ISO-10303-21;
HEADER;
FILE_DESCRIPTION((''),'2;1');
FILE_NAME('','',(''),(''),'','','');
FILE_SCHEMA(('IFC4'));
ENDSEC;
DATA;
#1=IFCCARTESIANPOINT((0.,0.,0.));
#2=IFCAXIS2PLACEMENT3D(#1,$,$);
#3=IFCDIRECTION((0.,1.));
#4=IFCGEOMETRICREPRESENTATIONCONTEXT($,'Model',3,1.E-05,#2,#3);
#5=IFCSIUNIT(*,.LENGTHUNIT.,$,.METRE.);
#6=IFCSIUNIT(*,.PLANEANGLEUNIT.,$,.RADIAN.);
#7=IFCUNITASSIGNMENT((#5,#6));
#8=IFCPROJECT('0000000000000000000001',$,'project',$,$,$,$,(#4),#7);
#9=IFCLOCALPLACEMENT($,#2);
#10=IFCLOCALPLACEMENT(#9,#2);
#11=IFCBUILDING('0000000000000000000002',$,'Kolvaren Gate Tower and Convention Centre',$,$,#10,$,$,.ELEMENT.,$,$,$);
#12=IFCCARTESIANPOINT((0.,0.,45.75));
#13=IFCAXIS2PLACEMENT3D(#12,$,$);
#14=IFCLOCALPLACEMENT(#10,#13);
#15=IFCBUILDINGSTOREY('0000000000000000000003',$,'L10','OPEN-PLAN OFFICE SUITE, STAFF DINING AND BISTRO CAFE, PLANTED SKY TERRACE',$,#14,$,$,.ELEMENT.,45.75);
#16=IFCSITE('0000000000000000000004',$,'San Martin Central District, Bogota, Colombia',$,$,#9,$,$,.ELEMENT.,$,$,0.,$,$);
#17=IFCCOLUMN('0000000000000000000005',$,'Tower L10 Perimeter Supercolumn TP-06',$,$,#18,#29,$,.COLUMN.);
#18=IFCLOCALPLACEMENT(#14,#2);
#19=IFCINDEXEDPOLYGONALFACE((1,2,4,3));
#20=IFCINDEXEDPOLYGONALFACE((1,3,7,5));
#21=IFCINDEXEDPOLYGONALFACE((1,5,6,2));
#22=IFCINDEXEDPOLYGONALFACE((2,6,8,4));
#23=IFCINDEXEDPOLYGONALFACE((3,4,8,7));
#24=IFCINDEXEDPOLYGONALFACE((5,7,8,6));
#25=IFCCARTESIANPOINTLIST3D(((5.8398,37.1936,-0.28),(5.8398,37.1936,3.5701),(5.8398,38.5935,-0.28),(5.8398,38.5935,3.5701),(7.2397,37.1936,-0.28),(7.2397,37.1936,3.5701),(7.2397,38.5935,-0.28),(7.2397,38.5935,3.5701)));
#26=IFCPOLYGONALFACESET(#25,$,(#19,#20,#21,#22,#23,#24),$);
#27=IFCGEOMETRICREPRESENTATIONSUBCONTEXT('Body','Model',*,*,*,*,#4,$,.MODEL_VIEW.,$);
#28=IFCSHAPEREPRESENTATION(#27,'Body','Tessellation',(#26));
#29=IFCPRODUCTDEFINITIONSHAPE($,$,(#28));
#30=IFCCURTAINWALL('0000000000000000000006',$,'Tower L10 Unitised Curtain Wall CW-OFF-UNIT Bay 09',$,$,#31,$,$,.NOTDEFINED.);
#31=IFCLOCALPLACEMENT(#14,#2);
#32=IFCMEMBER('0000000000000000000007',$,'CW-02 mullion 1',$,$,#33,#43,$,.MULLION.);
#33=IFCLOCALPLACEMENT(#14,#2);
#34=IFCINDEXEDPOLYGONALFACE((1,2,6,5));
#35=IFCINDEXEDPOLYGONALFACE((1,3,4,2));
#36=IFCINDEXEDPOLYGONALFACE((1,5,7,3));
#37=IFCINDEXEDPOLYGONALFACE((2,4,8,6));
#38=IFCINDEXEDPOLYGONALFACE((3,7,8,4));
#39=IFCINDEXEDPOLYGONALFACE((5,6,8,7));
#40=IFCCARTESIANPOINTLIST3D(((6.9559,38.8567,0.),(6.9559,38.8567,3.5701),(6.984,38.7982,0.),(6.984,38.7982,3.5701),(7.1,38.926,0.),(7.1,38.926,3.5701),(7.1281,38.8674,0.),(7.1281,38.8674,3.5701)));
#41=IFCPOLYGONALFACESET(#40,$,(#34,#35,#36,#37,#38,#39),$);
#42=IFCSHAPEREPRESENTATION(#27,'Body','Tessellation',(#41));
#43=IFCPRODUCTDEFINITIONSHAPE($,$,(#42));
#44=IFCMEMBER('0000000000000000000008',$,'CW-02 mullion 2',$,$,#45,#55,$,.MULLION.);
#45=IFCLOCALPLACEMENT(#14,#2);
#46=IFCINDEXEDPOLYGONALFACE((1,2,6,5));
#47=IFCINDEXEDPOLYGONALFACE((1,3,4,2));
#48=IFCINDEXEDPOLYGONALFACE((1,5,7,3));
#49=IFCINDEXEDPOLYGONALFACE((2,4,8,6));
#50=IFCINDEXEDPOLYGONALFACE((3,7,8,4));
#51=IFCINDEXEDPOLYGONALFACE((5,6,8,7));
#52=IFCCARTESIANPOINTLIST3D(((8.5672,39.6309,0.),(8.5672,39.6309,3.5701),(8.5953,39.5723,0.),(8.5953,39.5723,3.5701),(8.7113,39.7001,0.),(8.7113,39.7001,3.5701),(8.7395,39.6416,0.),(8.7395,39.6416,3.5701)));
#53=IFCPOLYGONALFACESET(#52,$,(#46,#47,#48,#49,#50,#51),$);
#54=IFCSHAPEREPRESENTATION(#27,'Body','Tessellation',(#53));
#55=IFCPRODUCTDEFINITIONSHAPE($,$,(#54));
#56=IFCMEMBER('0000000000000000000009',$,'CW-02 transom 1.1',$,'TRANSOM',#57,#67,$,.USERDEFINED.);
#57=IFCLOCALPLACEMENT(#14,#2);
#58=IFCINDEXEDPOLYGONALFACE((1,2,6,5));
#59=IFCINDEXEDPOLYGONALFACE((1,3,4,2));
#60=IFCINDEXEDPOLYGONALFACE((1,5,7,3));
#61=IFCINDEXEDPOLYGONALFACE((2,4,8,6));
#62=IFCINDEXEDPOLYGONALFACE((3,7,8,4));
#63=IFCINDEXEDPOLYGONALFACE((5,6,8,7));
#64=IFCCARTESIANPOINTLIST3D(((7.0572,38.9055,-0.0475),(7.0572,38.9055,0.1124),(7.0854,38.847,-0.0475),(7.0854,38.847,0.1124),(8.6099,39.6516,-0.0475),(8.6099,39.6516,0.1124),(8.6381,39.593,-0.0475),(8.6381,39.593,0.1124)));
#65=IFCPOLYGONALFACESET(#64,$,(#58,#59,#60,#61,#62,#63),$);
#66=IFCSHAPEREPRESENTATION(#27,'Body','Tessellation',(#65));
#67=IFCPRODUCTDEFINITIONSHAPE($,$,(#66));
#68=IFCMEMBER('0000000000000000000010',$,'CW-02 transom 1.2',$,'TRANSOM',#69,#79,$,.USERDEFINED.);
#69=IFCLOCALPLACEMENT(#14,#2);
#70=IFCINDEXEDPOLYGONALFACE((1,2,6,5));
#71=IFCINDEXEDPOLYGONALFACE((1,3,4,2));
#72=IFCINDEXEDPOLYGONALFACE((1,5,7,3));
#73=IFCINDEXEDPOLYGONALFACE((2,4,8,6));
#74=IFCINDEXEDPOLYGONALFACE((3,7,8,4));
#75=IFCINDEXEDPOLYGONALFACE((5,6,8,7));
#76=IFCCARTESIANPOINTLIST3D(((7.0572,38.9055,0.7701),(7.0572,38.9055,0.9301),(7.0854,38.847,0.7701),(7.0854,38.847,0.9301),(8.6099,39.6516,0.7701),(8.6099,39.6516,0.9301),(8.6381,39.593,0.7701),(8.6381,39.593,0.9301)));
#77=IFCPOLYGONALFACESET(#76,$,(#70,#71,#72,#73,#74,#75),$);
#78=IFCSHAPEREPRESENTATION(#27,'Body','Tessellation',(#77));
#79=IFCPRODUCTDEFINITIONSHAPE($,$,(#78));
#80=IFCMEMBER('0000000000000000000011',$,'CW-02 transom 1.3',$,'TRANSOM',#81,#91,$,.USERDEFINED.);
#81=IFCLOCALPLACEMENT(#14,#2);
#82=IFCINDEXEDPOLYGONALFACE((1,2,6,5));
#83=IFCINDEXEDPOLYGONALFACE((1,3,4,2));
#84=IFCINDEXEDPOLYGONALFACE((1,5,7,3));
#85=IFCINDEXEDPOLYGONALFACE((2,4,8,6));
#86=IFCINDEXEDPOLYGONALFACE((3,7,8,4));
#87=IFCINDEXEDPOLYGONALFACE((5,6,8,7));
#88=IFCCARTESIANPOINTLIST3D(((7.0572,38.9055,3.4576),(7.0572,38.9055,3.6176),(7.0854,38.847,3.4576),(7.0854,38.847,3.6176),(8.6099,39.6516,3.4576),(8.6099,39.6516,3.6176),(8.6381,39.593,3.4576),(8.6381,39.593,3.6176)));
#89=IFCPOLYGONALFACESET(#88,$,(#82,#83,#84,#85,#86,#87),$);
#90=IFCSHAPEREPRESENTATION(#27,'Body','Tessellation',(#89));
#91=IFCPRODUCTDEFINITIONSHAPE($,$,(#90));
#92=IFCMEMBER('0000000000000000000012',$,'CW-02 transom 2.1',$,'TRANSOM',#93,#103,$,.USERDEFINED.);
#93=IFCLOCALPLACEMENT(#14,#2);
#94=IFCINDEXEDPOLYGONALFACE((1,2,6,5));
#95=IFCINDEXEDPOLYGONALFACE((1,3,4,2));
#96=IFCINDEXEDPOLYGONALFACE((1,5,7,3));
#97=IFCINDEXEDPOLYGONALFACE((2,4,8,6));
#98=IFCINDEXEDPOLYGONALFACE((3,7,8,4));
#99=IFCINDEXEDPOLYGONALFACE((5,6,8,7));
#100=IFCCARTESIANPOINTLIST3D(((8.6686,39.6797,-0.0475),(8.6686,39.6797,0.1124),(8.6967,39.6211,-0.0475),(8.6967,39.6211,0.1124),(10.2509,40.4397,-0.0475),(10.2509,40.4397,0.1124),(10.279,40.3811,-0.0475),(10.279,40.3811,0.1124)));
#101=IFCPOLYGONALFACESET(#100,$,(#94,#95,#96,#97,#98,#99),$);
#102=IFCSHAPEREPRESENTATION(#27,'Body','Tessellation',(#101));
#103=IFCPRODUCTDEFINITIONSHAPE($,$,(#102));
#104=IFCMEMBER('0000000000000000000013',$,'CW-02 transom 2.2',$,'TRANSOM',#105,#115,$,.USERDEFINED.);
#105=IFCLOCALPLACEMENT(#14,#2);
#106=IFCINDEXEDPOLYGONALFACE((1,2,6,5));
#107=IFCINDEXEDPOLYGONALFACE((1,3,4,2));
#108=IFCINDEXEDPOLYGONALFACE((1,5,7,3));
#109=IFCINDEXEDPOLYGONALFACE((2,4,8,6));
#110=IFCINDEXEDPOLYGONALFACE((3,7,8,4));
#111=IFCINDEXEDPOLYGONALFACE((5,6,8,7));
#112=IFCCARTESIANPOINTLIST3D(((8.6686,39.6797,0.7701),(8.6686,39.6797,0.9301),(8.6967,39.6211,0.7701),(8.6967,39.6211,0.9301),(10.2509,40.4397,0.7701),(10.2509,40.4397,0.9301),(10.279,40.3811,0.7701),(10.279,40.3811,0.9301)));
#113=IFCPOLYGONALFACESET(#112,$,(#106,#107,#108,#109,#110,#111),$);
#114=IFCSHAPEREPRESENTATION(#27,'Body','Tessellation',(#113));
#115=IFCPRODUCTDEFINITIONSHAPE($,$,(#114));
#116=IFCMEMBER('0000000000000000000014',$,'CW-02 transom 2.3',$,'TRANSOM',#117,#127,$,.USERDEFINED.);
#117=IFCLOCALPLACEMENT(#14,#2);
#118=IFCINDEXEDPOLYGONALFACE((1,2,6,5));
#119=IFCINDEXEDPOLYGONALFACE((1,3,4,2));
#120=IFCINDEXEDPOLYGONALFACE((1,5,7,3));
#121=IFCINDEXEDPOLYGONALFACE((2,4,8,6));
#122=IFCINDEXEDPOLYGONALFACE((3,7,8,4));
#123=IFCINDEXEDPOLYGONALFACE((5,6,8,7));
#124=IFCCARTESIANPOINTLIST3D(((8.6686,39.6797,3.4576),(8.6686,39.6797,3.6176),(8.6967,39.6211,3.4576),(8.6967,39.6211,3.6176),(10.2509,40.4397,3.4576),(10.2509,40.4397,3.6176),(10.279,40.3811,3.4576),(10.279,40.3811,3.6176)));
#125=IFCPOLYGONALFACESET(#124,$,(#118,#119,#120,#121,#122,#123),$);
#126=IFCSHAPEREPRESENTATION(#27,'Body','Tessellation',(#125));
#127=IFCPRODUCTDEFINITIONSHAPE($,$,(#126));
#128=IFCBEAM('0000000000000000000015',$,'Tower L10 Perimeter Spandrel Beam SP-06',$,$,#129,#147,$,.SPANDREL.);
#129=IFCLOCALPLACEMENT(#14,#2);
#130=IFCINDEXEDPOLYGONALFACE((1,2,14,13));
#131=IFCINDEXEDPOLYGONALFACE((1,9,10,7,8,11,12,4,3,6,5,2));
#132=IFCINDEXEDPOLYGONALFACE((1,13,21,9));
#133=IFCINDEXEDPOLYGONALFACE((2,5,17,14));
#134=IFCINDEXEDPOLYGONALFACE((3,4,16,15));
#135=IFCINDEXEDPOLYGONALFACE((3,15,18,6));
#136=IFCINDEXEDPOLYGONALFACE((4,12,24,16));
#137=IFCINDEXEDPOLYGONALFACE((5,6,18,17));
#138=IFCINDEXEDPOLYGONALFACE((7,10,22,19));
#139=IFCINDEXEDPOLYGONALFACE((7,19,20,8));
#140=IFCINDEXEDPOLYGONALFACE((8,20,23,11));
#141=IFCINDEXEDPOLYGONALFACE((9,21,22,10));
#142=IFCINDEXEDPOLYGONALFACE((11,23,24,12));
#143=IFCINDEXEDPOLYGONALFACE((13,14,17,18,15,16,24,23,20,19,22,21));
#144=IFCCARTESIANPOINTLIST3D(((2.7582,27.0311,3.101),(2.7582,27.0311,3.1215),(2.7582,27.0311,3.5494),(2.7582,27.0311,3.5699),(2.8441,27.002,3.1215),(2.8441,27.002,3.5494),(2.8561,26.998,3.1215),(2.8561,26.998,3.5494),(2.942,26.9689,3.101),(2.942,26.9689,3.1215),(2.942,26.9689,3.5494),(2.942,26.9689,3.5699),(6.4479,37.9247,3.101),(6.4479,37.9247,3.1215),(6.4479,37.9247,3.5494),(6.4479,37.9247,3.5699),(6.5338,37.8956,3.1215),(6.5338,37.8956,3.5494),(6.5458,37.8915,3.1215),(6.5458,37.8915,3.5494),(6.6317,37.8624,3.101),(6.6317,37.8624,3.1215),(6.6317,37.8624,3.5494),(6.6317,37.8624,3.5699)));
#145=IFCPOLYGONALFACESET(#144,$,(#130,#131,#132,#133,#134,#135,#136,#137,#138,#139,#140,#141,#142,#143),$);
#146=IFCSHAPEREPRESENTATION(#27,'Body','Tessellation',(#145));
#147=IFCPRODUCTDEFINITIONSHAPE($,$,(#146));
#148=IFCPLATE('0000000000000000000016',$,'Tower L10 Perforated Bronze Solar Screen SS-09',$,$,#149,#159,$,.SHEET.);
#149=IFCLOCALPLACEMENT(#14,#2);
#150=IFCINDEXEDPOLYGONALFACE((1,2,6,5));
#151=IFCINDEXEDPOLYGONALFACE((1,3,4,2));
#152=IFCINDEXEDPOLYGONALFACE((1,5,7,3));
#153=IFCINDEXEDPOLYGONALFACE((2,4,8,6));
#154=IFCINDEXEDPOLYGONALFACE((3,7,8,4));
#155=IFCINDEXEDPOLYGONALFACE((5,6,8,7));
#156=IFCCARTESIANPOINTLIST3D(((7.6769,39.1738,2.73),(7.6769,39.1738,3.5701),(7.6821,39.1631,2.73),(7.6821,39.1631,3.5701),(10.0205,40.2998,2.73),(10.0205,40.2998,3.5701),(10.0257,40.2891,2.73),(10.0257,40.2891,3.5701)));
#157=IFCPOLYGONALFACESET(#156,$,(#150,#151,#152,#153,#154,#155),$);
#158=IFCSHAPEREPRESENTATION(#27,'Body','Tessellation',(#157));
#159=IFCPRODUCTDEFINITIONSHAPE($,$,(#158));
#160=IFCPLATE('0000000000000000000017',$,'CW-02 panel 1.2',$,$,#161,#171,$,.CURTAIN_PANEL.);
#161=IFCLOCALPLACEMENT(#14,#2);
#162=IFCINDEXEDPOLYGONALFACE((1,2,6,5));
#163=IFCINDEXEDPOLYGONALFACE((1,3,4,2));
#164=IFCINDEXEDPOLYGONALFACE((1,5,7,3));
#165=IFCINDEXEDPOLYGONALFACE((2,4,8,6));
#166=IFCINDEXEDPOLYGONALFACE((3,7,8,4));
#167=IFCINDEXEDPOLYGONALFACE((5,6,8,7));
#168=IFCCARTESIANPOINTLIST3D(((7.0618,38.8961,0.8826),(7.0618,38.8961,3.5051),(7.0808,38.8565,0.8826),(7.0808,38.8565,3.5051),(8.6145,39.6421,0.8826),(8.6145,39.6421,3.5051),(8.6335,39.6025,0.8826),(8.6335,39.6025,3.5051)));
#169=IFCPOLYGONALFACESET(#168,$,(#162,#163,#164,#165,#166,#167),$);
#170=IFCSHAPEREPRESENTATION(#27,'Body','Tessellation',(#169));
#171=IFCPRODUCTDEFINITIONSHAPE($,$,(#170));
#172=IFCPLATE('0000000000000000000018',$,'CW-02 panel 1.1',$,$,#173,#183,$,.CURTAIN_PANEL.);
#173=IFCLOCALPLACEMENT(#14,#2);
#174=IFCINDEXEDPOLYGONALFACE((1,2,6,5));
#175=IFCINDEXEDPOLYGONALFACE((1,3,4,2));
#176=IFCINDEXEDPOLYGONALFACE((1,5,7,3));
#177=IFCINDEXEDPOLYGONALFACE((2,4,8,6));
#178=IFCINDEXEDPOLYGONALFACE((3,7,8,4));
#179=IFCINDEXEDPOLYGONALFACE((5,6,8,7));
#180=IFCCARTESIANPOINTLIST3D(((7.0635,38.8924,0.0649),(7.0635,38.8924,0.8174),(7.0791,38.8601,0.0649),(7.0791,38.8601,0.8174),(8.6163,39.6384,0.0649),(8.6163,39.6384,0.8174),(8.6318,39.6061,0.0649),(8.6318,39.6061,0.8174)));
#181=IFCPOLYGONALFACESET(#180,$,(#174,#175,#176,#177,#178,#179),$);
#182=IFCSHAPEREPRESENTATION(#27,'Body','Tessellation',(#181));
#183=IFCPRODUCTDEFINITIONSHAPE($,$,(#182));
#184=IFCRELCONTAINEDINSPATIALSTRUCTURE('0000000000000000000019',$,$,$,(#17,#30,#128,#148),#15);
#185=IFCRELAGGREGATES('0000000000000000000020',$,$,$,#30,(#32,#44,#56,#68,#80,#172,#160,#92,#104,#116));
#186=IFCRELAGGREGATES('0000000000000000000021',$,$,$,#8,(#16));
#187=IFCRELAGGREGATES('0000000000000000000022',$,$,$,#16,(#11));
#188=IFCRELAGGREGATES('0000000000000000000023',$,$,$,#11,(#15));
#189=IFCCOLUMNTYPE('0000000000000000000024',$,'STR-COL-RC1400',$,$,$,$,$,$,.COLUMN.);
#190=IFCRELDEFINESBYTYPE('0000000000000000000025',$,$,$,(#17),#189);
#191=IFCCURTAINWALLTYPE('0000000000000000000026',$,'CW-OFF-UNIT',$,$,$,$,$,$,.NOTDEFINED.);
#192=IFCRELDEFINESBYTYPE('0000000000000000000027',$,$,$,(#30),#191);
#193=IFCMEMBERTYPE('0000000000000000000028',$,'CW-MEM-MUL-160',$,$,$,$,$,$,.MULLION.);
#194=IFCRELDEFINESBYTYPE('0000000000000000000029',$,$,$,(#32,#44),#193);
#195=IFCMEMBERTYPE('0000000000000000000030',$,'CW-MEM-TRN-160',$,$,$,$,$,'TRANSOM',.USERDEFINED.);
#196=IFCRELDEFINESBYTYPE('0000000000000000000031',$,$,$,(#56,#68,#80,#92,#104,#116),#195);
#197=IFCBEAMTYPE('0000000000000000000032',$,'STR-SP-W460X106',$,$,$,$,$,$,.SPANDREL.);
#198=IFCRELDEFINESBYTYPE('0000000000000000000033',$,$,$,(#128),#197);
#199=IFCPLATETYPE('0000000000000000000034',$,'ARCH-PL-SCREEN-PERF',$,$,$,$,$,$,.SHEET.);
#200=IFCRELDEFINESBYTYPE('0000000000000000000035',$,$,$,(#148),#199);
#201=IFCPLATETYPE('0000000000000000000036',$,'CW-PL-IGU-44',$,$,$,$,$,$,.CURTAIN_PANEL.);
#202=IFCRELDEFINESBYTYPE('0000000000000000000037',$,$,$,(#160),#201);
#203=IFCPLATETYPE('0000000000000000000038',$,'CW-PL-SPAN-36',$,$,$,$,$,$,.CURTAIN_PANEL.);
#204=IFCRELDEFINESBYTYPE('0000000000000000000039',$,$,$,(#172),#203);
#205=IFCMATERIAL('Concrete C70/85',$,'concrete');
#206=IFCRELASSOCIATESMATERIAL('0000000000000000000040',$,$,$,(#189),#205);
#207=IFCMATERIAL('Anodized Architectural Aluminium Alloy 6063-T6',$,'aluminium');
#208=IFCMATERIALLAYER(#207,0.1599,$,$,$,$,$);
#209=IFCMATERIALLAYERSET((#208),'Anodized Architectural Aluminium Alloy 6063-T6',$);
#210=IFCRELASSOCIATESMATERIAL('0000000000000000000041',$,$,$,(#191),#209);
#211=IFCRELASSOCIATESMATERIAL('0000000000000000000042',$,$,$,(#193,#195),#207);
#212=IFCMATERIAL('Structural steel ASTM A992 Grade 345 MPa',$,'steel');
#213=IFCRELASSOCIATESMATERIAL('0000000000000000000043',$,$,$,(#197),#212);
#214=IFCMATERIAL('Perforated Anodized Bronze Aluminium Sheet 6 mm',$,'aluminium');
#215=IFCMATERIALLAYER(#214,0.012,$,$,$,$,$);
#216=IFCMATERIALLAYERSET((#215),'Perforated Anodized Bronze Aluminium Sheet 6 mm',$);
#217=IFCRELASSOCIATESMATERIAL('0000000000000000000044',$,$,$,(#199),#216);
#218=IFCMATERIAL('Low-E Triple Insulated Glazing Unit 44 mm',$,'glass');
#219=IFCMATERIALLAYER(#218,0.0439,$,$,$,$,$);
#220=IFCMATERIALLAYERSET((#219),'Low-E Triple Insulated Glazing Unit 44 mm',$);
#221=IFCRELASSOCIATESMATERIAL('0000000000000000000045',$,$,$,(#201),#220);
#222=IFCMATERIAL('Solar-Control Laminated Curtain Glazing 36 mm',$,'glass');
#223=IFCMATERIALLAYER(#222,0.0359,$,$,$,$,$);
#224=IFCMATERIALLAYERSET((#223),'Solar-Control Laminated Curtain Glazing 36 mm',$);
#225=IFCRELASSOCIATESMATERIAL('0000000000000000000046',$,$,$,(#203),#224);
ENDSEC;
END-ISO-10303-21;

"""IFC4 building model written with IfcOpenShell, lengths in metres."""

from ifc_helpers import new_model, si_unit, direction, frame, origin, origin_2d, place, context, subcontext, project, spatial, rectangle, i_section, extrude, material, layer, layer_set, material_profile, profile_set, type_object, element, aggregate, save


model = new_model("IFC4")

# Units and contexts
model_context = context("Model", 3, precision=1e-05, world=origin(), true_north=direction((0.0, 1.0)))
body_context = subcontext(model_context, "Body", "Model", "MODEL_VIEW")
ifc_project = project(units=[si_unit("LENGTHUNIT", "METRE"), si_unit("PLANEANGLEUNIT", "RADIAN")], contexts=[model_context])

# Site, building, storey
site_placement = place(None, origin())
site = spatial("IfcSite", under=ifc_project, at=site_placement, Name="San Martin Central District, Bogota, Colombia", CompositionType="ELEMENT", RefElevation=0.0)
building_placement = place(site_placement, origin())
building = spatial("IfcBuilding", under=site, at=building_placement, Name="Kolvaren Gate Tower and Convention Centre", CompositionType="ELEMENT")
storey_placement = place(building_placement, frame((0.0, 0.0, 45.75)))
storey = spatial("IfcBuildingStorey", under=building, at=storey_placement, Name="L10", Description="OPEN-PLAN OFFICE SUITE, STAFF DINING AND BISTRO CAFE, PLANTED SKY TERRACE", CompositionType="ELEMENT", Elevation=45.75)

# Column
ifc_material_1 = material(Name="Concrete C70/85", Category="concrete")
ifc_material_profile_1 = material_profile(ifc_material_1, rectangle(XDim=1.3999, YDim=1.3999, at=origin_2d()), Name="RC-COL-1400X1400")
ifc_profile_set_1 = profile_set([ifc_material_profile_1], Name="Concrete C70/85")
column_type = type_object("IfcColumnType", Name="STR-COL-RC1400", PredefinedType="COLUMN", material=ifc_profile_set_1)
column_placement = place(storey_placement, frame((6.5398, 37.8936, -0.28), z_axis=(0.0, 0.0, 1.0), x_axis=(1.0, 0.0, 0.0)))
element("IfcColumn", 1, at=column_placement, inside=storey, type_object=column_type, Name="Tower L10 Perimeter Supercolumn TP-06", PredefinedType="COLUMN", context=body_context, shape_type="SweptSolid", body=[
    extrude(rectangle(XDim=1.3999, YDim=1.3999, at=origin_2d()), origin(), (0.0, 0.0, 1.0), 3.8501),
])

# Curtain wall, members
ifc_material_2 = material(Name="Anodized Architectural Aluminium Alloy 6063-T6", Category="aluminium")
ifc_layer_1 = layer(ifc_material_2, 0.1599)
ifc_layer_set_1 = layer_set([ifc_layer_1], Name="Anodized Architectural Aluminium Alloy 6063-T6")
curtain_wall_type = type_object("IfcCurtainWallType", Name="CW-OFF-UNIT", PredefinedType="NOTDEFINED", material=ifc_layer_set_1)
curtain_wall_placement = place(storey_placement, origin())
curtain_wall = element("IfcCurtainWall", 2, at=curtain_wall_placement, inside=storey, type_object=curtain_wall_type, Name="Tower L10 Unitised Curtain Wall CW-OFF-UNIT Bay 09", PredefinedType="NOTDEFINED")
ifc_material_profile_2 = material_profile(ifc_material_2, rectangle(XDim=0.0649, YDim=0.1599, at=origin_2d()), Name="CW-MEM-MUL-160")
ifc_profile_set_2 = profile_set([ifc_material_profile_2], Name="Anodized Architectural Aluminium Alloy 6063-T6")
member_type_1 = type_object("IfcMemberType", Name="CW-MEM-MUL-160", PredefinedType="MULLION", material=ifc_profile_set_2)
member_1_placement = place(storey_placement, frame((7.042, 38.8621, 0.0), z_axis=(0.0, 0.0, 1.0), x_axis=(-0.433057, 0.901367, 0.0)))
member_1 = element("IfcMember", 3, at=member_1_placement, type_object=member_type_1, Name="CW-02 mullion 1", PredefinedType="MULLION", context=body_context, shape_type="SweptSolid", body=[
    extrude(rectangle(XDim=0.0649, YDim=0.1599, at=origin_2d()), origin(), (0.0, 0.0, 1.0), 3.5701),
])
member_2_placement = place(storey_placement, frame((8.6533, 39.6362, 0.0), z_axis=(0.0, 0.0, 1.0), x_axis=(-0.433057, 0.901367, 0.0)))
member_2 = element("IfcMember", 4, at=member_2_placement, type_object=member_type_1, Name="CW-02 mullion 2", PredefinedType="MULLION", context=body_context, shape_type="SweptSolid", body=[
    extrude(rectangle(XDim=0.0649, YDim=0.1599, at=origin_2d()), origin(), (0.0, 0.0, 1.0), 3.5701),
])
ifc_material_profile_3 = material_profile(ifc_material_2, rectangle(XDim=0.0649, YDim=0.1599, at=origin_2d()), Name="CW-MEM-TRN-160")
ifc_profile_set_3 = profile_set([ifc_material_profile_3], Name="Anodized Architectural Aluminium Alloy 6063-T6")
member_type_2 = type_object("IfcMemberType", Name="CW-MEM-TRN-160", ElementType="TRANSOM", PredefinedType="USERDEFINED", material=ifc_profile_set_3)
member_3_placement = place(storey_placement, frame((7.0713, 38.8762, 0.0325), z_axis=(0.901346, 0.4331, 0.0), x_axis=(-0.4331, 0.901346, 0.0)))
member_3 = element("IfcMember", 5, at=member_3_placement, type_object=member_type_2, Name="CW-02 transom 1.1", ObjectType="TRANSOM", PredefinedType="USERDEFINED", context=body_context, shape_type="SweptSolid", body=[
    extrude(rectangle(XDim=0.0649, YDim=0.1599, at=origin_2d()), origin(), (0.0, 0.0, 1.0), 1.7227),
])
member_4_placement = place(storey_placement, frame((7.0713, 38.8762, 0.8501), z_axis=(0.901346, 0.4331, 0.0), x_axis=(-0.4331, 0.901346, 0.0)))
member_4 = element("IfcMember", 6, at=member_4_placement, type_object=member_type_2, Name="CW-02 transom 1.2", ObjectType="TRANSOM", PredefinedType="USERDEFINED", context=body_context, shape_type="SweptSolid", body=[
    extrude(rectangle(XDim=0.0649, YDim=0.1599, at=origin_2d()), origin(), (0.0, 0.0, 1.0), 1.7227),
])
member_5_placement = place(storey_placement, frame((7.0713, 38.8762, 3.5376), z_axis=(0.901346, 0.4331, 0.0), x_axis=(-0.4331, 0.901346, 0.0)))
member_5 = element("IfcMember", 7, at=member_5_placement, type_object=member_type_2, Name="CW-02 transom 1.3", ObjectType="TRANSOM", PredefinedType="USERDEFINED", context=body_context, shape_type="SweptSolid", body=[
    extrude(rectangle(XDim=0.0649, YDim=0.1599, at=origin_2d()), origin(), (0.0, 0.0, 1.0), 1.7227),
])
member_6_placement = place(storey_placement, frame((8.6826, 39.6504, 0.0325), z_axis=(0.901408, 0.432971, 0.0), x_axis=(-0.432971, 0.901408, 0.0)))
member_6 = element("IfcMember", 8, at=member_6_placement, type_object=member_type_2, Name="CW-02 transom 2.1", ObjectType="TRANSOM", PredefinedType="USERDEFINED", context=body_context, shape_type="SweptSolid", body=[
    extrude(rectangle(XDim=0.0649, YDim=0.1599, at=origin_2d()), origin(), (0.0, 0.0, 1.0), 1.7554),
])
member_7_placement = place(storey_placement, frame((8.6826, 39.6504, 0.8501), z_axis=(0.901408, 0.432971, 0.0), x_axis=(-0.432971, 0.901408, 0.0)))
member_7 = element("IfcMember", 9, at=member_7_placement, type_object=member_type_2, Name="CW-02 transom 2.2", ObjectType="TRANSOM", PredefinedType="USERDEFINED", context=body_context, shape_type="SweptSolid", body=[
    extrude(rectangle(XDim=0.0649, YDim=0.1599, at=origin_2d()), origin(), (0.0, 0.0, 1.0), 1.7554),
])
member_8_placement = place(storey_placement, frame((8.6826, 39.6504, 3.5376), z_axis=(0.901408, 0.432971, 0.0), x_axis=(-0.432971, 0.901408, 0.0)))
member_8 = element("IfcMember", 10, at=member_8_placement, type_object=member_type_2, Name="CW-02 transom 2.3", ObjectType="TRANSOM", PredefinedType="USERDEFINED", context=body_context, shape_type="SweptSolid", body=[
    extrude(rectangle(XDim=0.0649, YDim=0.1599, at=origin_2d()), origin(), (0.0, 0.0, 1.0), 1.7554),
])

# Beam
ifc_material_3 = material(Name="Structural steel ASTM A992 Grade 345 MPa", Category="steel")
ifc_material_profile_4 = material_profile(ifc_material_3, i_section(OverallWidth=0.1941, OverallDepth=0.469, WebThickness=0.0127, FlangeThickness=0.0205, at=origin_2d()), Name="W460X106")
ifc_profile_set_4 = profile_set([ifc_material_profile_4], Name="Structural steel ASTM A992 Grade 345 MPa")
beam_type = type_object("IfcBeamType", Name="STR-SP-W460X106", PredefinedType="SPANDREL", material=ifc_profile_set_4)
beam_placement = place(storey_placement, frame((6.5398, 37.8936, 3.3354), z_axis=(-0.320803, -0.947146, 0.0), x_axis=(0.947146, -0.320803, 0.0)))
element("IfcBeam", 11, at=beam_placement, inside=storey, type_object=beam_type, Name="Tower L10 Perimeter Spandrel Beam SP-06", PredefinedType="SPANDREL", context=body_context, shape_type="SweptSolid", body=[
    extrude(i_section(OverallWidth=0.1941, OverallDepth=0.469, WebThickness=0.0127, FlangeThickness=0.0205, at=origin_2d()), origin(), (0.0, 0.0, 1.0), 11.5015),
])

# Plates
ifc_material_4 = material(Name="Perforated Anodized Bronze Aluminium Sheet 6 mm", Category="aluminium")
ifc_layer_2 = layer(ifc_material_4, 0.012)
ifc_layer_set_2 = layer_set([ifc_layer_2], Name="Perforated Anodized Bronze Aluminium Sheet 6 mm")
plate_type_1 = type_object("IfcPlateType", Name="ARCH-PL-SCREEN-PERF", PredefinedType="SHEET", material=ifc_layer_set_2)
plate_1_placement = place(storey_placement, frame((8.8513, 39.7314, 2.73), z_axis=(0.0, 0.0, 1.0), x_axis=(0.901364, 0.433061, 0.0)))
element("IfcPlate", 12, at=plate_1_placement, inside=storey, type_object=plate_type_1, Name="Tower L10 Perforated Bronze Solar Screen SS-09", PredefinedType="SHEET", context=body_context, shape_type="SweptSolid", body=[
    extrude(rectangle(XDim=2.6001, YDim=0.012, at=origin_2d()), origin(), (0.0, 0.0, 1.0), 0.8401),
])
ifc_material_5 = material(Name="Low-E Triple Insulated Glazing Unit 44 mm", Category="glass")
ifc_layer_3 = layer(ifc_material_5, 0.0439)
ifc_layer_set_3 = layer_set([ifc_layer_3], Name="Low-E Triple Insulated Glazing Unit 44 mm")
plate_type_2 = type_object("IfcPlateType", Name="CW-PL-IGU-44", PredefinedType="CURTAIN_PANEL", material=ifc_layer_set_3)
plate_2_placement = place(storey_placement, frame((7.8477, 39.2493, 0.8826), z_axis=(0.0, 0.0, 1.0), x_axis=(0.901367, 0.433057, 0.0)))
plate_2 = element("IfcPlate", 13, at=plate_2_placement, type_object=plate_type_2, Name="CW-02 panel 1.2", PredefinedType="CURTAIN_PANEL", context=body_context, shape_type="SweptSolid", body=[
    extrude(rectangle(XDim=1.7227, YDim=0.0439, at=origin_2d()), origin(), (0.0, 0.0, 1.0), 2.6226),
])
ifc_material_6 = material(Name="Solar-Control Laminated Curtain Glazing 36 mm", Category="glass")
ifc_layer_4 = layer(ifc_material_6, 0.0359)
ifc_layer_set_4 = layer_set([ifc_layer_4], Name="Solar-Control Laminated Curtain Glazing 36 mm")
plate_type_3 = type_object("IfcPlateType", Name="CW-PL-SPAN-36", PredefinedType="CURTAIN_PANEL", material=ifc_layer_set_4)
plate_3_placement = place(storey_placement, frame((7.8477, 39.2493, 0.0649), z_axis=(0.0, 0.0, 1.0), x_axis=(0.901367, 0.433057, 0.0)))
plate_3 = element("IfcPlate", 14, at=plate_3_placement, type_object=plate_type_3, Name="CW-02 panel 1.1", PredefinedType="CURTAIN_PANEL", context=body_context, shape_type="SweptSolid", body=[
    extrude(rectangle(XDim=1.7227, YDim=0.0359, at=origin_2d()), origin(), (0.0, 0.0, 1.0), 0.7524),
])
aggregate(curtain_wall, [member_1, member_2, member_3, member_4, member_5, plate_3, plate_2, member_6, member_7, member_8])

save(model, "model.ifc")
